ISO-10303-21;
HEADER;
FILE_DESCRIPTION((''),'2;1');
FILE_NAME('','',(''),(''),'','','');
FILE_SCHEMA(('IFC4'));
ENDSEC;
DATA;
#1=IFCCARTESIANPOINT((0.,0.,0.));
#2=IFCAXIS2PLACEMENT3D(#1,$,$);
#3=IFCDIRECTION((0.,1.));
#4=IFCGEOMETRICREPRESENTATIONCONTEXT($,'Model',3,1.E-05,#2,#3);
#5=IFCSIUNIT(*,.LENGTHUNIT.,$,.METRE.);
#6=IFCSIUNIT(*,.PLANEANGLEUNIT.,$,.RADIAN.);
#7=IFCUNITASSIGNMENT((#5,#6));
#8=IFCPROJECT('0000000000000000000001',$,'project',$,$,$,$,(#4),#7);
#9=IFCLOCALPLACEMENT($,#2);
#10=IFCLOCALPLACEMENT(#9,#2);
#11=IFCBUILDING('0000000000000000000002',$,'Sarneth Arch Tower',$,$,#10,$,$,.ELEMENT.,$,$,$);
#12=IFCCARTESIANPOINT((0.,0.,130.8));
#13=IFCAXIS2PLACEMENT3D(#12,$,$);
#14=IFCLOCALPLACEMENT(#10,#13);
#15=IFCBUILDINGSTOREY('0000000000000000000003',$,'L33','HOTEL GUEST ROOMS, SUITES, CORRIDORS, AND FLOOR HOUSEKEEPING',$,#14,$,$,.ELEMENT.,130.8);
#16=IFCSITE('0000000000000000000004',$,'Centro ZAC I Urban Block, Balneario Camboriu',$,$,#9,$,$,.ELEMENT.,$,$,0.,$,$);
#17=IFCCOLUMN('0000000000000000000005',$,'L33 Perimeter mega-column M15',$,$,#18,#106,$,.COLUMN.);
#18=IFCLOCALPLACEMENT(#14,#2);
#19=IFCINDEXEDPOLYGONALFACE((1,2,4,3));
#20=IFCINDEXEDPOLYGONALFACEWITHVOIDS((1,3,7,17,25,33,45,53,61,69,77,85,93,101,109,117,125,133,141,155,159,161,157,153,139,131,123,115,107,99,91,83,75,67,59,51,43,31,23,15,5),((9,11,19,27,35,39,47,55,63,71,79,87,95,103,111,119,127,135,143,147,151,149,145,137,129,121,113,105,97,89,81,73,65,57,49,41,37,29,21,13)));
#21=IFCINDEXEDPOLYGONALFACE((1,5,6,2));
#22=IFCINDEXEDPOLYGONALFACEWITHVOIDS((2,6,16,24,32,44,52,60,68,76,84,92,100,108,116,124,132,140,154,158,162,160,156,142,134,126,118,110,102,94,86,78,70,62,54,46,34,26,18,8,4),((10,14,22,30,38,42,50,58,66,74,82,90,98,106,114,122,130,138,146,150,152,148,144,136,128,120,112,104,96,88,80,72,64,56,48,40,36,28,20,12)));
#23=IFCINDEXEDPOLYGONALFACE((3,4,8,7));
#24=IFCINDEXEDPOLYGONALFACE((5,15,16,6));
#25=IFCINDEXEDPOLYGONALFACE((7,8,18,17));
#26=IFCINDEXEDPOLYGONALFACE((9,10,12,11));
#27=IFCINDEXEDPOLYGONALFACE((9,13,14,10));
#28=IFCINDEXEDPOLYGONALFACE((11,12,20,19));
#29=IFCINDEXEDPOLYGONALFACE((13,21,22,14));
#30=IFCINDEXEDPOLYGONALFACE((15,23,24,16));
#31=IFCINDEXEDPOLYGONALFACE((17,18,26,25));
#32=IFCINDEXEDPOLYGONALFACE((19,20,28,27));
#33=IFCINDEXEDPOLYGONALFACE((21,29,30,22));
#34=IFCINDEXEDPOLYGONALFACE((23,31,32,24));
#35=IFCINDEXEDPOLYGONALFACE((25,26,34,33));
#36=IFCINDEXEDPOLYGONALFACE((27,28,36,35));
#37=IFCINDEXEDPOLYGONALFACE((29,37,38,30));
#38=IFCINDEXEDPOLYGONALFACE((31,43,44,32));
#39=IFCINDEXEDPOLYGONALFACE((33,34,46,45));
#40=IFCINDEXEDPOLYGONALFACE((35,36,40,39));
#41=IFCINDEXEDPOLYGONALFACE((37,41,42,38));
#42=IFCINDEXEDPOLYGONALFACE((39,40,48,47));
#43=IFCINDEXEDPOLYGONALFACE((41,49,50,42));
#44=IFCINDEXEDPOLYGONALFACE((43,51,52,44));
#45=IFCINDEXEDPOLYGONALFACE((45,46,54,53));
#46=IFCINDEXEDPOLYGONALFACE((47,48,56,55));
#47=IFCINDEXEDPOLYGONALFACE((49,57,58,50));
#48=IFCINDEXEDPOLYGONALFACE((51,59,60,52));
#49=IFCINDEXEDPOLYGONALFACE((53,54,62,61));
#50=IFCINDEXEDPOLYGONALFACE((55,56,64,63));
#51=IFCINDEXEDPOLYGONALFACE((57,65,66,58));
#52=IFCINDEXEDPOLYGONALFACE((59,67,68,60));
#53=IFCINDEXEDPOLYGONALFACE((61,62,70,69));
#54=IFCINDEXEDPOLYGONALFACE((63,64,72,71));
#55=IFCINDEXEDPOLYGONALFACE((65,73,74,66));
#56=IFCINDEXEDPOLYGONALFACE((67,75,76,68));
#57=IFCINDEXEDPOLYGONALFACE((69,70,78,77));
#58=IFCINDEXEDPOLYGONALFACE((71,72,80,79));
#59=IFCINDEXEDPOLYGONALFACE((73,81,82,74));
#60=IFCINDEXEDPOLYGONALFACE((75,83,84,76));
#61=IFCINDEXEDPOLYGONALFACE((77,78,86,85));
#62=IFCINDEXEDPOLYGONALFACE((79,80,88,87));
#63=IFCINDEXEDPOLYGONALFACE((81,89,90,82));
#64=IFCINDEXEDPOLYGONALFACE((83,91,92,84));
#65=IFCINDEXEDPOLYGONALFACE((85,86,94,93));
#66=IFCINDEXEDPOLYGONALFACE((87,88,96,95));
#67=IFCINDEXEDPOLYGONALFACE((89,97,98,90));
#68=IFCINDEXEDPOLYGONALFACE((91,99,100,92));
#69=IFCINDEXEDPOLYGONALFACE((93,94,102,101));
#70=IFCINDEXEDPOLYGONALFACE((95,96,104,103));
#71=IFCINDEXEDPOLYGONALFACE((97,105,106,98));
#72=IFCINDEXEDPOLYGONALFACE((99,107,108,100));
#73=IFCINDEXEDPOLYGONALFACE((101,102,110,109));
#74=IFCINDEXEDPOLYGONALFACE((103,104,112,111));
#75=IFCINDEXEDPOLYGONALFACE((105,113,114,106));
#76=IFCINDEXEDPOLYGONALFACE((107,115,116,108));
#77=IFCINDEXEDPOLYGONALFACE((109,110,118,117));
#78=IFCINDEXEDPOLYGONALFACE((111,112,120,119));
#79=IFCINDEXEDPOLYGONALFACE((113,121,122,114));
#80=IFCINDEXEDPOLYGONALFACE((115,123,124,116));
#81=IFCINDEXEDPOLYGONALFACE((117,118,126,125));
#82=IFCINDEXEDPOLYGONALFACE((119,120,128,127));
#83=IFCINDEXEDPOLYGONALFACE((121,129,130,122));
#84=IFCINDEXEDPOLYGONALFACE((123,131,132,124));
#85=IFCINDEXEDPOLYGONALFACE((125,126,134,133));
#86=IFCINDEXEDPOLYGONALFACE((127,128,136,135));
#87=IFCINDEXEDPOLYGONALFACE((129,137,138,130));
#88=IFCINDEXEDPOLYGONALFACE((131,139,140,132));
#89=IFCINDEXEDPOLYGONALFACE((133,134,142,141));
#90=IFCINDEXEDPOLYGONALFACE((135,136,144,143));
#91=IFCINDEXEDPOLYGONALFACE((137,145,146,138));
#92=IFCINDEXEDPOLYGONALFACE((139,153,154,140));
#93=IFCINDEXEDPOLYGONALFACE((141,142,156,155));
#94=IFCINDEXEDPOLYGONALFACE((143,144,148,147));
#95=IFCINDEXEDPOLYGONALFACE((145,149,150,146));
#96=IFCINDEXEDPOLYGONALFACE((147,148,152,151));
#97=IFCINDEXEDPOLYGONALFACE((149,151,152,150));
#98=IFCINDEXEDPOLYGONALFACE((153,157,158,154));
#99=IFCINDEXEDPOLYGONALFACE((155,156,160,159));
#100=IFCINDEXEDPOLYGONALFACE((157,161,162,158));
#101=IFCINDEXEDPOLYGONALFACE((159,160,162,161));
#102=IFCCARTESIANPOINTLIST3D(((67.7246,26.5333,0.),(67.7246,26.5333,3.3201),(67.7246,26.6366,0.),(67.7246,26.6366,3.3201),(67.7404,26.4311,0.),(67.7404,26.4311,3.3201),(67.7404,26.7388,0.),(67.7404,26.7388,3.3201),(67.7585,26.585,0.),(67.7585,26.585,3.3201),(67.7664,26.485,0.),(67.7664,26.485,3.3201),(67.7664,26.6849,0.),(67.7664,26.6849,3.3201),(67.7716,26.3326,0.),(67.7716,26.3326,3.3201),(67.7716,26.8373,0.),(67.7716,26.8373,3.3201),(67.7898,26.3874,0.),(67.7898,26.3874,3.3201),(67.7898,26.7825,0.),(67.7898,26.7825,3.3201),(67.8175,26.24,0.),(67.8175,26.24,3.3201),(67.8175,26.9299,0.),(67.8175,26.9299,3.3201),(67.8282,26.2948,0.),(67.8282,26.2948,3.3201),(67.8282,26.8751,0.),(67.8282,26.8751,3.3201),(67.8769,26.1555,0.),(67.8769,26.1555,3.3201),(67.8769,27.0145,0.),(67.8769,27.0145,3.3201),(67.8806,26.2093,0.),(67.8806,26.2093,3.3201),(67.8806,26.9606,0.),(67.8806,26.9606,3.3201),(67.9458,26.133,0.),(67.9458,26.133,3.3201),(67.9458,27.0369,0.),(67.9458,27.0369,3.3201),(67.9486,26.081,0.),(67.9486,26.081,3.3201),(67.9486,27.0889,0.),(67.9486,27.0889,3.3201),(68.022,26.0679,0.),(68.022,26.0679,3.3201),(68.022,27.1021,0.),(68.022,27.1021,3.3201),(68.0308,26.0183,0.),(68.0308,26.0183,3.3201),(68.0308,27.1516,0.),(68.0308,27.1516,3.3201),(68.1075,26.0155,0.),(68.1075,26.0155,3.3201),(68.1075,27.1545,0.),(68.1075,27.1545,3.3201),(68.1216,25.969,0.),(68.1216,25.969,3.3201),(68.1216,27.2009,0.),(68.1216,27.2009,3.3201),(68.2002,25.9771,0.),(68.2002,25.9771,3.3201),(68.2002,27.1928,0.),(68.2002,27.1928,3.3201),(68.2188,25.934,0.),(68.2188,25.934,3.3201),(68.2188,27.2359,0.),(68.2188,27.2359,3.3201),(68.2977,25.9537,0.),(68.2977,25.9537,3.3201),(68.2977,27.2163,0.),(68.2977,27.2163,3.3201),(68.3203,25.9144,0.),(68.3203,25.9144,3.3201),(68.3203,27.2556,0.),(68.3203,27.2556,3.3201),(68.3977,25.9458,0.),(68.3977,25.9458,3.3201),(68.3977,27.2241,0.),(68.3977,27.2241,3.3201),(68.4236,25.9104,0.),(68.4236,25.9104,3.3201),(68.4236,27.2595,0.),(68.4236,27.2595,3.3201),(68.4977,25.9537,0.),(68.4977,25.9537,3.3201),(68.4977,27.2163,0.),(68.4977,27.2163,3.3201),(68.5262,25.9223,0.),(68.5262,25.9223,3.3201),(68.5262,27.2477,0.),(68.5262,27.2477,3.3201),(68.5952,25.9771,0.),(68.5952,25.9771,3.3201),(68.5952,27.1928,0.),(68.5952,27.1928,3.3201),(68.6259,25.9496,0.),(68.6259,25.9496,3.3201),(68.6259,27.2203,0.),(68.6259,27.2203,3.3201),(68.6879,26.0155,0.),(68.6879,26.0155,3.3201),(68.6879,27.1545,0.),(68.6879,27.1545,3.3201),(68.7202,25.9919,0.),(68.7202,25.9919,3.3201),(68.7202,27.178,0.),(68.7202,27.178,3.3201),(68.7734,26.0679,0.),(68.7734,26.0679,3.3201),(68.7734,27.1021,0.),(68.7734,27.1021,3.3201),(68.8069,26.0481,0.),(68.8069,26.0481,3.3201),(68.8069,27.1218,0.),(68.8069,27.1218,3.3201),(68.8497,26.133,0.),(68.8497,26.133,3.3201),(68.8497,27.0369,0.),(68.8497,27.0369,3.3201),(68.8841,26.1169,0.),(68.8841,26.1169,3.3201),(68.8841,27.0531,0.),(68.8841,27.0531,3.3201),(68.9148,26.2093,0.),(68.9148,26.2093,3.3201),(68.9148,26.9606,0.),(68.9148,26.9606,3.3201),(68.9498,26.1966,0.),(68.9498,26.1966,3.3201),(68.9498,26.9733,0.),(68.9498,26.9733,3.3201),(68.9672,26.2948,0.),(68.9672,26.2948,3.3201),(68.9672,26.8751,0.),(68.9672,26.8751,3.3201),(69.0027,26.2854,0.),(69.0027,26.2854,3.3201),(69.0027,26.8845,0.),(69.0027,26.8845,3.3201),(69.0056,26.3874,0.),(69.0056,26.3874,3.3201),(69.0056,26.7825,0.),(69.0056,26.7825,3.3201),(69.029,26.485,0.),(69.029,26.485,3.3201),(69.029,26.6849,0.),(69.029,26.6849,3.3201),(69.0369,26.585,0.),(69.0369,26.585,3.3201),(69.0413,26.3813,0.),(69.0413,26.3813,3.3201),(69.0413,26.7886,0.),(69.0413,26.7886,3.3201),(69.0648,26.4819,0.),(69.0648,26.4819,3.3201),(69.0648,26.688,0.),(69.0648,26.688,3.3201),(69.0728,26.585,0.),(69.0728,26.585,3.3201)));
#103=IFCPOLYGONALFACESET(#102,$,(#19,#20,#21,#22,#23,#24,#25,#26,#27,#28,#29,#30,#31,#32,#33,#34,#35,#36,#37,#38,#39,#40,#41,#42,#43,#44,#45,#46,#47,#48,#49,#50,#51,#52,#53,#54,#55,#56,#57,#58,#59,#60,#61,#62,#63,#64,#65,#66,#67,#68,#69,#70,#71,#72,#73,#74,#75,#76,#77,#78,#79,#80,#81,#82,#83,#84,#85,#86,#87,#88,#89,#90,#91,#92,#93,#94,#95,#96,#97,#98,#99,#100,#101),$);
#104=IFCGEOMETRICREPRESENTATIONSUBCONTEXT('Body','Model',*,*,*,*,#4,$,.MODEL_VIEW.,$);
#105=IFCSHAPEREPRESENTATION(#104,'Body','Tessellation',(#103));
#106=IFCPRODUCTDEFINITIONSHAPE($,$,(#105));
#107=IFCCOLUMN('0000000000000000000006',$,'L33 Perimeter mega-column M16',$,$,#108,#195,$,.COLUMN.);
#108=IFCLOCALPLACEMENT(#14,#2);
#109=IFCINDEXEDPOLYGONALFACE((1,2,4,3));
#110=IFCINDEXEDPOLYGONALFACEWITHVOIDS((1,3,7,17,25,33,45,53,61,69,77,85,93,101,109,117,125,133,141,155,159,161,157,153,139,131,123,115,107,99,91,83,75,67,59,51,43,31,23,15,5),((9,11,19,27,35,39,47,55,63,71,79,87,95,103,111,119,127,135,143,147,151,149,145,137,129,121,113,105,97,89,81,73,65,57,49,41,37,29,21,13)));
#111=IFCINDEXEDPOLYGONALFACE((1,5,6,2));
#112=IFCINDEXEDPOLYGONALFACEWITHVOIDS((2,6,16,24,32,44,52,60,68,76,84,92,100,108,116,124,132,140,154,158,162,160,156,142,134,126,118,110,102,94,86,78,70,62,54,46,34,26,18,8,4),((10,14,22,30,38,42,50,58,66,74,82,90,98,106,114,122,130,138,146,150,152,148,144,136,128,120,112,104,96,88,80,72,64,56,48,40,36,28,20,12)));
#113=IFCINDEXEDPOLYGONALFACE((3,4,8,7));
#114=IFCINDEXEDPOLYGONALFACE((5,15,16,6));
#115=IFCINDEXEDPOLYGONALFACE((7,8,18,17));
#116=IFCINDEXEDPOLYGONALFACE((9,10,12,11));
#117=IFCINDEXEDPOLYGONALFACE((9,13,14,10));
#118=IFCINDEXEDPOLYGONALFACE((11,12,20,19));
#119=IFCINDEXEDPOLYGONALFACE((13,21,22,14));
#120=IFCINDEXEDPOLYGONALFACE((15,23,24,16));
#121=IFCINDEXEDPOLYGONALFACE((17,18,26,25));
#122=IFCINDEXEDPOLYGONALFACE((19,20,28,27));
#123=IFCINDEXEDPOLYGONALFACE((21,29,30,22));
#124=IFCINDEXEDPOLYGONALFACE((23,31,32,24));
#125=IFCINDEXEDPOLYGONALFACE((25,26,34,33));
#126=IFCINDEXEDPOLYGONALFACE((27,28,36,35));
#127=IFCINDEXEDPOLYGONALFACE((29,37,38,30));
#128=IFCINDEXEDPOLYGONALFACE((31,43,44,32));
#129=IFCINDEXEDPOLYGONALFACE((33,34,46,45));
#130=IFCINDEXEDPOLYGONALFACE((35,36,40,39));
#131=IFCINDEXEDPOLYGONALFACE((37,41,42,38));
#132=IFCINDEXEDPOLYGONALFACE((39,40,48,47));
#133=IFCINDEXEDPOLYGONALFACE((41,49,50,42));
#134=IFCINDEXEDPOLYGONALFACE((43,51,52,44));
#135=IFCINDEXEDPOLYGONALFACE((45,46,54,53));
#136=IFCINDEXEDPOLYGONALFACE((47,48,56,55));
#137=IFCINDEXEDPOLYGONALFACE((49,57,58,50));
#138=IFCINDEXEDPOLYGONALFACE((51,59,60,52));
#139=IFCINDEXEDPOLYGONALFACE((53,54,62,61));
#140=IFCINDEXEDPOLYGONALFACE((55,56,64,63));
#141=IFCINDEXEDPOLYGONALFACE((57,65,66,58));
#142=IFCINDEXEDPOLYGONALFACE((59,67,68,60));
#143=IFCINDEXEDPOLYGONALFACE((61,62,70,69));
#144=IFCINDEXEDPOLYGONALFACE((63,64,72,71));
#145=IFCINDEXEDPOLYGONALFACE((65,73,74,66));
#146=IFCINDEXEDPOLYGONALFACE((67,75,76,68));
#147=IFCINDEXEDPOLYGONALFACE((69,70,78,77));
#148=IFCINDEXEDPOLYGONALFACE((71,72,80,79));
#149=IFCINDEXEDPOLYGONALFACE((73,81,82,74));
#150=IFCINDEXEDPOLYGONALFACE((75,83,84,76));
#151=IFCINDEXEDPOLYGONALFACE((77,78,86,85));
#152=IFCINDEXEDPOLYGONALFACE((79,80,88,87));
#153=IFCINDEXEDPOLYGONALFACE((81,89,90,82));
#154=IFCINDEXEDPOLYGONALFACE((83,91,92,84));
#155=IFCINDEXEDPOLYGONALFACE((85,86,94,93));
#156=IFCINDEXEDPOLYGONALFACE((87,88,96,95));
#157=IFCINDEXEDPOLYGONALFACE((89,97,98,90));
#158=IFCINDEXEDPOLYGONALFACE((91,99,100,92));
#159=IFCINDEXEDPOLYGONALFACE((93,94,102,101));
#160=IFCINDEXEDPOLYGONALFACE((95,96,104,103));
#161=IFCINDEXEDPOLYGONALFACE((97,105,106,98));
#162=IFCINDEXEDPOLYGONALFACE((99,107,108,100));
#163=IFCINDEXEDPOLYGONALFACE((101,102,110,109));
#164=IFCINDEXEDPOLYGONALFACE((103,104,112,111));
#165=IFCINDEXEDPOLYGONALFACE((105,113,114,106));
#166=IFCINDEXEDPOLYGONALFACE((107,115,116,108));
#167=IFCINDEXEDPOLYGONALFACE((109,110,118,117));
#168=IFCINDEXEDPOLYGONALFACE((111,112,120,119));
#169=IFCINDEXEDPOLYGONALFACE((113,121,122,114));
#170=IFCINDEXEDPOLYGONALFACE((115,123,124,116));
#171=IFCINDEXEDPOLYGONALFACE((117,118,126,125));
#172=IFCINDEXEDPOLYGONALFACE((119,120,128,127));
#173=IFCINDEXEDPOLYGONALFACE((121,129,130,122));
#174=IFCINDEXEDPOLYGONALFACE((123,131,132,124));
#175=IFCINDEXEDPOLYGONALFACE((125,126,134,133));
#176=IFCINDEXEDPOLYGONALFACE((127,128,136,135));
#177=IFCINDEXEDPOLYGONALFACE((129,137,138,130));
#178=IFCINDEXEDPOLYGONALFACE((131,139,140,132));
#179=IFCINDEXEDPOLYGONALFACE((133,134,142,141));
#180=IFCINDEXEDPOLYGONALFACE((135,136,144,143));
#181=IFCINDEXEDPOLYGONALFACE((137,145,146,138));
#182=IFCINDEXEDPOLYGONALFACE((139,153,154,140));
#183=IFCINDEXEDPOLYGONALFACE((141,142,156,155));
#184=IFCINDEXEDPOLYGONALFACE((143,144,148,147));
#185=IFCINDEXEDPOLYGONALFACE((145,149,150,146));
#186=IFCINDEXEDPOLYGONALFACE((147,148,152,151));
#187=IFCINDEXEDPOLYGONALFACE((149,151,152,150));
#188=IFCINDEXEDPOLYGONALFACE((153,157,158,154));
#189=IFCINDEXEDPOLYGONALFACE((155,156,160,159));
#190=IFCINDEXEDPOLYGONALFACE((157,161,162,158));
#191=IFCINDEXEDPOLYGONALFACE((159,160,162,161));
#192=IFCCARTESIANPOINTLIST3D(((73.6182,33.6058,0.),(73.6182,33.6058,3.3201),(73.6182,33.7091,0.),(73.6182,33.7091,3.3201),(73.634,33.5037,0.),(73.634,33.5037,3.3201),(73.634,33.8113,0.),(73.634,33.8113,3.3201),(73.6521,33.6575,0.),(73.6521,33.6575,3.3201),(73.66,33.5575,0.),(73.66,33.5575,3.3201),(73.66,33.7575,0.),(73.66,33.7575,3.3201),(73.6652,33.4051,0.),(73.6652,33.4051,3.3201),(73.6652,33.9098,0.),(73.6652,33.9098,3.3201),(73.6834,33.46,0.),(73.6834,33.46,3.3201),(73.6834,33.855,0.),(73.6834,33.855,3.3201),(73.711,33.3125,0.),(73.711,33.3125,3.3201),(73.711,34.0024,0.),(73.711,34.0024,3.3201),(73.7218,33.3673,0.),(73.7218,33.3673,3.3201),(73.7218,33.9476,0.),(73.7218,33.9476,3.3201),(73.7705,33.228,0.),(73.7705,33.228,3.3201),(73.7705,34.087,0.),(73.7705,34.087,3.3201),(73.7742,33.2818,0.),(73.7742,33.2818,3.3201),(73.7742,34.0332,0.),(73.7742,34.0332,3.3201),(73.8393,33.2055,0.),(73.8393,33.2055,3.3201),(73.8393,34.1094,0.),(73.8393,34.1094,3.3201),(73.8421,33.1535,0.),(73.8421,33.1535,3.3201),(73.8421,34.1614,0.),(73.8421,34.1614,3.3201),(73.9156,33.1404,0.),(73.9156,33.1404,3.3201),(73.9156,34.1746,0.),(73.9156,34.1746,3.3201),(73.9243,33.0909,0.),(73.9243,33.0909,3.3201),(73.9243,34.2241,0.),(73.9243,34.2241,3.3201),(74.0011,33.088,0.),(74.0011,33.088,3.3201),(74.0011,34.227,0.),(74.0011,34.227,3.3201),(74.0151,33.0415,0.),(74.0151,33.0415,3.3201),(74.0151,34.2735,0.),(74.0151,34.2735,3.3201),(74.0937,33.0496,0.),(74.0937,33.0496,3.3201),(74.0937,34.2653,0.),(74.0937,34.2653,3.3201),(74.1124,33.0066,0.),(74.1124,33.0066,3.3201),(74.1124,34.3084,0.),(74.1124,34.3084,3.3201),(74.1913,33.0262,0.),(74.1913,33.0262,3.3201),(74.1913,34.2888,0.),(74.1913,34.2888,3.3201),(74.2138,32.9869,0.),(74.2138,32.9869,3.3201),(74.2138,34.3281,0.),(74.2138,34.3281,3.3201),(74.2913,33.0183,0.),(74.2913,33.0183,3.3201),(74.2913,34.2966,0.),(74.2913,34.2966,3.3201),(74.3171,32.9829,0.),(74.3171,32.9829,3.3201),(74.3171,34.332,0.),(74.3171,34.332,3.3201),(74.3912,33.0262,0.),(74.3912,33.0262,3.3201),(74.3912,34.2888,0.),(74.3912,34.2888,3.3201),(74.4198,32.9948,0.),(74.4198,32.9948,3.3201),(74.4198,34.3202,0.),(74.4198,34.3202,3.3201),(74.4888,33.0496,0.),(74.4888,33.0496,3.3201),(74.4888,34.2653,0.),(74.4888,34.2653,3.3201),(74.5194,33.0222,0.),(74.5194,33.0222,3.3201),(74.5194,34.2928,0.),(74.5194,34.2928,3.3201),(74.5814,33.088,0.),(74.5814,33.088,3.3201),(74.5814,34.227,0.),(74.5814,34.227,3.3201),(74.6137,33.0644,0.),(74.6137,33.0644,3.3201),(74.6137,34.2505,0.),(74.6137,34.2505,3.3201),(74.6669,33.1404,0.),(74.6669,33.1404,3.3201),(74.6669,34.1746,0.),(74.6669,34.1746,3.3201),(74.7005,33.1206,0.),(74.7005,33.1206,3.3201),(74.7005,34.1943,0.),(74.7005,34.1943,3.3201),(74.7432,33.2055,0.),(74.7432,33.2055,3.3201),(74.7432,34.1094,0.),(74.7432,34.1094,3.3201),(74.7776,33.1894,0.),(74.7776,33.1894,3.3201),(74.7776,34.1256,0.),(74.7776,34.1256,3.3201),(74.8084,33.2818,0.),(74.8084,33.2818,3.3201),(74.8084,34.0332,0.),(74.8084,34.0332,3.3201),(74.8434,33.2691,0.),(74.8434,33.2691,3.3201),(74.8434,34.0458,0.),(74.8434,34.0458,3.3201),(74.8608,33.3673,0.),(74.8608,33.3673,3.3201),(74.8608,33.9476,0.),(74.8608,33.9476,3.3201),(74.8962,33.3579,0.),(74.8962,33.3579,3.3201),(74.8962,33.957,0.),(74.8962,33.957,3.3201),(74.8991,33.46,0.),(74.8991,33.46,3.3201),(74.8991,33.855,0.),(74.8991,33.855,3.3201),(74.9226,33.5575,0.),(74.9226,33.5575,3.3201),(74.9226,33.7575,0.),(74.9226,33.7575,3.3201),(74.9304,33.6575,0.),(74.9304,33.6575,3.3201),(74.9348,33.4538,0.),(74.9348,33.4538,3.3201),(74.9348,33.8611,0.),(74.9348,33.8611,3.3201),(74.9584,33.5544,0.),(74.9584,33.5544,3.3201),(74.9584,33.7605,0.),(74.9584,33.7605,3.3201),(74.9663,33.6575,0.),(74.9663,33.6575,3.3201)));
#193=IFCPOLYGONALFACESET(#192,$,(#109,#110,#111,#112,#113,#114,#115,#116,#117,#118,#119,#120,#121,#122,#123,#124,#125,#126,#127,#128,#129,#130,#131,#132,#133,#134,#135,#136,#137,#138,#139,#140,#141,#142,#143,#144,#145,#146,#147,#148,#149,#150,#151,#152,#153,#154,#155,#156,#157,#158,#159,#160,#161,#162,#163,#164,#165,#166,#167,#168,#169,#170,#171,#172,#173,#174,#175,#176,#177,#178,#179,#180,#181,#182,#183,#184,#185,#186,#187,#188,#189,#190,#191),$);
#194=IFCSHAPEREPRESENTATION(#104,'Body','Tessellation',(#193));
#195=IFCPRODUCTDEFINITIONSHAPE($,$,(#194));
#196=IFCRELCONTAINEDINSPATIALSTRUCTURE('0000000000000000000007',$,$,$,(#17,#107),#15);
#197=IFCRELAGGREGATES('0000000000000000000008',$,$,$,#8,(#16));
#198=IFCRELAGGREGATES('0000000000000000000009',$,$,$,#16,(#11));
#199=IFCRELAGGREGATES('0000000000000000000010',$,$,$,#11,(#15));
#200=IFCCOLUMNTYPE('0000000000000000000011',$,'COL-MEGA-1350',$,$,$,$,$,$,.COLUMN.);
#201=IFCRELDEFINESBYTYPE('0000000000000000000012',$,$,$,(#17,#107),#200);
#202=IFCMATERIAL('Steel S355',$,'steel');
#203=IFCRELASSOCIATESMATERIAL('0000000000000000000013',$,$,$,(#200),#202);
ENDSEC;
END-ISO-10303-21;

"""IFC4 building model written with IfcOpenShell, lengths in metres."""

from ifc_helpers import new_model, si_unit, direction, frame, origin, origin_2d, place, context, subcontext, project, spatial, hollow_circle, extrude, material, material_profile, profile_set, type_object, element, save


model = new_model("IFC4")

# Units and contexts
model_context = context("Model", 3, precision=1e-05, world=origin(), true_north=direction((0.0, 1.0)))
body_context = subcontext(model_context, "Body", "Model", "MODEL_VIEW")
ifc_project = project(units=[si_unit("LENGTHUNIT", "METRE"), si_unit("PLANEANGLEUNIT", "RADIAN")], contexts=[model_context])

# Site, building, storey
site_placement = place(None, origin())
site = spatial("IfcSite", under=ifc_project, at=site_placement, Name="Centro ZAC I Urban Block, Balneario Camboriu", CompositionType="ELEMENT", RefElevation=0.0)
building_placement = place(site_placement, origin())
building = spatial("IfcBuilding", under=site, at=building_placement, Name="Sarneth Arch Tower", CompositionType="ELEMENT")
storey_placement = place(building_placement, frame((0.0, 0.0, 130.8)))
storey = spatial("IfcBuildingStorey", under=building, at=storey_placement, Name="L33", Description="HOTEL GUEST ROOMS, SUITES, CORRIDORS, AND FLOOR HOUSEKEEPING", CompositionType="ELEMENT", Elevation=130.8)

# Columns
ifc_material_1 = material(Name="Steel S355", Category="steel")
ifc_material_profile_1 = material_profile(ifc_material_1, hollow_circle(Radius=0.675, WallThickness=0.0359, at=origin_2d()), Name="CHS1350x36")
ifc_profile_set_1 = profile_set([ifc_material_profile_1], Name="Steel S355")
column_type = type_object("IfcColumnType", Name="COL-MEGA-1350", PredefinedType="COLUMN", material=ifc_profile_set_1)
for number, where, z_axis, x_axis, name in (
    (1, (68.3977, 26.585, 0.0), (0.0, 0.0, 1.0), (1.0, 0.0, 0.0), "L33 Perimeter mega-column M15"),
    (2, (74.2913, 33.6575, 0.0), (0.0, 0.0, 1.0), (1.0, 0.0, 0.0), "L33 Perimeter mega-column M16"),
):
    element("IfcColumn", number, at=place(storey_placement, frame(where, z_axis=z_axis, x_axis=x_axis)), inside=storey, type_object=column_type, Name=name, PredefinedType="COLUMN", context=body_context, shape_type="SweptSolid", body=[
        extrude(hollow_circle(Radius=0.675, WallThickness=0.0359, at=origin_2d()), origin(), (0.0, 0.0, 1.0), 3.3201),
    ])

save(model, "model.ifc")
